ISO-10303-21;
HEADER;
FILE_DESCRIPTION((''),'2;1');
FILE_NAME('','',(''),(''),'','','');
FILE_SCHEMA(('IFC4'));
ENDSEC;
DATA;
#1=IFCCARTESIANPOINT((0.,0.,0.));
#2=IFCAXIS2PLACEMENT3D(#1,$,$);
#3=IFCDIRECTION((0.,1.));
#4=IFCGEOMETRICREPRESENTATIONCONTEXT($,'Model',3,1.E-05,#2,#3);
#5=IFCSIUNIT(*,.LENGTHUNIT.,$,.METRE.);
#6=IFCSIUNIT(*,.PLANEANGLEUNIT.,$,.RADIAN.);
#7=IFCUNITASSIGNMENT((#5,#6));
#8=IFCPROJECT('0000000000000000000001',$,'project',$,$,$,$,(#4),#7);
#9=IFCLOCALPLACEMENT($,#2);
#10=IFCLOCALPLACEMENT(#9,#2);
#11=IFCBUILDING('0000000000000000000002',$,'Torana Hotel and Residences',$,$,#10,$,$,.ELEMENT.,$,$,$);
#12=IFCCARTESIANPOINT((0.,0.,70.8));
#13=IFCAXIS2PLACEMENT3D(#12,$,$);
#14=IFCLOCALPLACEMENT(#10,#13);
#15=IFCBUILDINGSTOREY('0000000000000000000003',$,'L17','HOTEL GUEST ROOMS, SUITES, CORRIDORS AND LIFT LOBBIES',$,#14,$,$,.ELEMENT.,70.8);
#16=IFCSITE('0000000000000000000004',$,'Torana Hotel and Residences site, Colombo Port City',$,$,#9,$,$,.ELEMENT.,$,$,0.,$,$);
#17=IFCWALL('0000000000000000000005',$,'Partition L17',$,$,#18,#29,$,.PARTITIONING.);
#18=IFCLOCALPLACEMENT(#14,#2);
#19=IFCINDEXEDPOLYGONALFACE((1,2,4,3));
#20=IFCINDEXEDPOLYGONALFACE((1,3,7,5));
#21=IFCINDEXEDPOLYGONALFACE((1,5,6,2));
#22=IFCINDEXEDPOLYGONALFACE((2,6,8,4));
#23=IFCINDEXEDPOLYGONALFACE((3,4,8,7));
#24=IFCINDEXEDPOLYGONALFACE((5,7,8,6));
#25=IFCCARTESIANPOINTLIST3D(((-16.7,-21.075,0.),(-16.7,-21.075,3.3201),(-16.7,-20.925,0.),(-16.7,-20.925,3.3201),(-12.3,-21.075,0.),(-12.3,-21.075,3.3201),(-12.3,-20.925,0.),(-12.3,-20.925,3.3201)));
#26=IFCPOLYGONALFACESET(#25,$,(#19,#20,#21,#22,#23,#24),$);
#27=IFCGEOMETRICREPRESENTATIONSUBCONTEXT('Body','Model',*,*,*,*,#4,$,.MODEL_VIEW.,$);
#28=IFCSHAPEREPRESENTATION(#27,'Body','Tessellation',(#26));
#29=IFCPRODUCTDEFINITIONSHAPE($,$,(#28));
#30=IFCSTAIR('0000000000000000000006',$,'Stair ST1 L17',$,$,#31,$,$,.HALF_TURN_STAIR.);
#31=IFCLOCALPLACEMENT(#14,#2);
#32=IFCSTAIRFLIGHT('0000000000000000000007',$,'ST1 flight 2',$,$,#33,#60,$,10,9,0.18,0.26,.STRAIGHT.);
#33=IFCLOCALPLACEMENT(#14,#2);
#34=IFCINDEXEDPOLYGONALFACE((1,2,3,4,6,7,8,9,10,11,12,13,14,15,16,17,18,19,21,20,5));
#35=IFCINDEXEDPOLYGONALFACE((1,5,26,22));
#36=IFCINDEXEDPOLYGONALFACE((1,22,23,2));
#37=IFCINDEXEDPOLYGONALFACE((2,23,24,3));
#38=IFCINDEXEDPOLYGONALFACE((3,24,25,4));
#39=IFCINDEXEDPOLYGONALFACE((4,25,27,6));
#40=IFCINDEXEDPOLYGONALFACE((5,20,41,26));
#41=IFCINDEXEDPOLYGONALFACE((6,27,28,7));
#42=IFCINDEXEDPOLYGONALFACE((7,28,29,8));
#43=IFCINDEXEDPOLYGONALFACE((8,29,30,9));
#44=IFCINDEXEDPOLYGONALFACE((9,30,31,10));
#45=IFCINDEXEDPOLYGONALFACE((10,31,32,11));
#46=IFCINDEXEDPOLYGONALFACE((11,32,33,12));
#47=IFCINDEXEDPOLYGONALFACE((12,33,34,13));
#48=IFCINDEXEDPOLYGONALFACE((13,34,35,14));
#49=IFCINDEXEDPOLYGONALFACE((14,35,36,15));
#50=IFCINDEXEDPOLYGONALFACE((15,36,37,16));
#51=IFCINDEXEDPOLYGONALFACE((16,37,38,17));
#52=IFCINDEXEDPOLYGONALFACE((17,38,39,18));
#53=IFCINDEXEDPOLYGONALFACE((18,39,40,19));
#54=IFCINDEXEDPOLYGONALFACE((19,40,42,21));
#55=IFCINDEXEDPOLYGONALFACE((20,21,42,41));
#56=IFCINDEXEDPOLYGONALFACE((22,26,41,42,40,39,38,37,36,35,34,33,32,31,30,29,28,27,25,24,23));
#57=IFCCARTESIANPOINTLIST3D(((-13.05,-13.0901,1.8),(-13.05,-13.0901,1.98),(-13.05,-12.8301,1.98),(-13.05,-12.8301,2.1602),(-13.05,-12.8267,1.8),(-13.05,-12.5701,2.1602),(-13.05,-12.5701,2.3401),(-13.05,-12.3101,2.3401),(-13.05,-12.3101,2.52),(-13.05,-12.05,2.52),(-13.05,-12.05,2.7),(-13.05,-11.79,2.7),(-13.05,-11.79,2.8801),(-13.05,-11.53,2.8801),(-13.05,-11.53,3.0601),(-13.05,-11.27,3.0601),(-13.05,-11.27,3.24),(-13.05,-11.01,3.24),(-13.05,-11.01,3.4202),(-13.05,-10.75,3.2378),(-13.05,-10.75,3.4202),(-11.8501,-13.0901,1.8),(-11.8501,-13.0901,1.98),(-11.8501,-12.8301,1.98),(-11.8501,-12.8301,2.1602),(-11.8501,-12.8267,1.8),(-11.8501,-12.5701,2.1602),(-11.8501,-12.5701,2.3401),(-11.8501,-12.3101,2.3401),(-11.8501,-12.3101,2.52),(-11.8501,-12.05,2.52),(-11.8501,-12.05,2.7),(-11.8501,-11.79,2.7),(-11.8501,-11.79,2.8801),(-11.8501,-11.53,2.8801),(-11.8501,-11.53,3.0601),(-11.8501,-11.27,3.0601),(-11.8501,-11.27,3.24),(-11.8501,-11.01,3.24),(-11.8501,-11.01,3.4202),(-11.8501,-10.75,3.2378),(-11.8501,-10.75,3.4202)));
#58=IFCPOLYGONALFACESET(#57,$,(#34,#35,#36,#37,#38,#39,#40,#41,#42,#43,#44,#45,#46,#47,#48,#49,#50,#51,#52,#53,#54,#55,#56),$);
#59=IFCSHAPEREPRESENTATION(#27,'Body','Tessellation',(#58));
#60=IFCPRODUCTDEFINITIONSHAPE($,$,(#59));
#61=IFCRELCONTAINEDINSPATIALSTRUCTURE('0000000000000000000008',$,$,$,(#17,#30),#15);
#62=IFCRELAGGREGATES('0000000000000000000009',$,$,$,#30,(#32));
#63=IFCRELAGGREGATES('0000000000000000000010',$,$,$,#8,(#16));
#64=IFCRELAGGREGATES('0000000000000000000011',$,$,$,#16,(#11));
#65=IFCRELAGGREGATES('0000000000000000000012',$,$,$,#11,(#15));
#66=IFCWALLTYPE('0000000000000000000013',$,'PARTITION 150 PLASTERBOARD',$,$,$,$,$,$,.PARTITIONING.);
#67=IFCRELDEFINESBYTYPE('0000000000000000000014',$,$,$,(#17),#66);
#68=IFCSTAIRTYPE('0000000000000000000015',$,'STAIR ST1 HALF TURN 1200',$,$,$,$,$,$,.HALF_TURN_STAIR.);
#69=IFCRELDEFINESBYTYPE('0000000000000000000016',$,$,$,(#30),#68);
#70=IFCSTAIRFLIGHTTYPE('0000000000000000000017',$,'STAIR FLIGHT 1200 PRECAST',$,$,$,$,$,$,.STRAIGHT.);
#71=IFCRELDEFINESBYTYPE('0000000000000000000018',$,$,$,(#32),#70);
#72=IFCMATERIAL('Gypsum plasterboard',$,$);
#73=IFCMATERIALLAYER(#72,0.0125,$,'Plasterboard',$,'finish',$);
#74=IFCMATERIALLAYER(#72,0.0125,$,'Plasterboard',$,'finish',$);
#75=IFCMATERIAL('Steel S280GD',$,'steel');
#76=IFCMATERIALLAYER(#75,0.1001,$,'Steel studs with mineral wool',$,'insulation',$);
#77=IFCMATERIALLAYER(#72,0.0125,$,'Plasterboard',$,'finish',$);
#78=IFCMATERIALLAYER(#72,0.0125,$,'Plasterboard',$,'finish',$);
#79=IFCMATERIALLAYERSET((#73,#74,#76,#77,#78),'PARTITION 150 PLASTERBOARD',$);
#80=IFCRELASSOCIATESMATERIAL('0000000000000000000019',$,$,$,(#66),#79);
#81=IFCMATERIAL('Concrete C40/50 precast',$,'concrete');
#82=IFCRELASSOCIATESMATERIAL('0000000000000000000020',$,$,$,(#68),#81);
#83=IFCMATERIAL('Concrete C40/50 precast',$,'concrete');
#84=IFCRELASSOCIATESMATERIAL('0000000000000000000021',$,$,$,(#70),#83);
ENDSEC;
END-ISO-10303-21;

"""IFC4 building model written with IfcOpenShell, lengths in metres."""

from ifc_helpers import new_model, si_unit, direction, frame, frame_2d, origin, place, context, subcontext, project, spatial, polyline, rectangle, outline, extrude, material, layer, layer_set, type_object, element, aggregate, save


model = new_model("IFC4")

# Units and contexts
model_context = context("Model", 3, precision=1e-05, world=origin(), true_north=direction((0.0, 1.0)))
body_context = subcontext(model_context, "Body", "Model", "MODEL_VIEW")
ifc_project = project(units=[si_unit("LENGTHUNIT", "METRE"), si_unit("PLANEANGLEUNIT", "RADIAN")], contexts=[model_context])

# Site, building, storey
site_placement = place(None, origin())
site = spatial("IfcSite", under=ifc_project, at=site_placement, Name="Torana Hotel and Residences site, Colombo Port City", CompositionType="ELEMENT", RefElevation=0.0)
building_placement = place(site_placement, origin())
building = spatial("IfcBuilding", under=site, at=building_placement, Name="Torana Hotel and Residences", CompositionType="ELEMENT")
storey_placement = place(building_placement, frame((0.0, 0.0, 70.8)))
storey = spatial("IfcBuildingStorey", under=building, at=storey_placement, Name="L17", Description="HOTEL GUEST ROOMS, SUITES, CORRIDORS AND LIFT LOBBIES", CompositionType="ELEMENT", Elevation=70.8)

# Shared definitions
ifc_material_1 = material(Name="Gypsum plasterboard")
ifc_layer_1 = layer(ifc_material_1, 0.0125, Name="Plasterboard", Category="finish")
ifc_layer_2 = layer(ifc_material_1, 0.0125, Name="Plasterboard", Category="finish")
ifc_material_2 = material(Name="Steel S280GD", Category="steel")
ifc_layer_3 = layer(ifc_material_2, 0.1001, Name="Steel studs with mineral wool", Category="insulation")
ifc_layer_4 = layer(ifc_material_1, 0.0125, Name="Plasterboard", Category="finish")
ifc_layer_5 = layer(ifc_material_1, 0.0125, Name="Plasterboard", Category="finish")
ifc_layer_set_1 = layer_set([ifc_layer_1, ifc_layer_2, ifc_layer_3, ifc_layer_4, ifc_layer_5], Name="PARTITION 150 PLASTERBOARD")
wall_type_1 = type_object("IfcWallType", Name="PARTITION 150 PLASTERBOARD", PredefinedType="PARTITIONING", material=ifc_layer_set_1)

# Wall
wall_1_placement = place(storey_placement, frame((-16.7, -21.0, 0.0), z_axis=(0.0, 0.0, 1.0), x_axis=(1.0, 0.0, 0.0)))
element("IfcWall", 1, at=wall_1_placement, inside=storey, type_object=wall_type_1, Name="Partition L17", PredefinedType="PARTITIONING", context=body_context, shape_type="SweptSolid", body=[
    extrude(rectangle(XDim=4.3999, YDim=0.1499, at=frame_2d((2.2, 0.0))), origin(), (0.0, 0.0, 1.0), 3.3201),
])

# Stair, stair flight
ifc_material_3 = material(Name="Concrete C40/50 precast", Category="concrete")
stair_type = type_object("IfcStairType", Name="STAIR ST1 HALF TURN 1200", PredefinedType="HALF_TURN_STAIR", material=ifc_material_3)
stair_placement = place(storey_placement, origin())
stair = element("IfcStair", 2, at=stair_placement, inside=storey, type_object=stair_type, Name="Stair ST1 L17", PredefinedType="HALF_TURN_STAIR")
ifc_material_4 = material(Name="Concrete C40/50 precast", Category="concrete")
stair_flight_type = type_object("IfcStairFlightType", Name="STAIR FLIGHT 1200 PRECAST", PredefinedType="STRAIGHT", material=ifc_material_4)
stair_flight_placement = place(storey_placement, frame((-12.45, -13.0901, 1.8), z_axis=(0.0, 0.0, 1.0), x_axis=(0.0, 1.0, 0.0)))
stair_flight = element("IfcStairFlight", 3, at=stair_flight_placement, type_object=stair_flight_type, Name="ST1 flight 2", NumberOfRisers=10, NumberOfTreads=9, PredefinedType="STRAIGHT", RiserHeight=0.18, TreadLength=0.26, context=body_context, shape_type="SweptSolid", body=[
    extrude(outline(polyline([(0.0, 0.0), (0.0, 0.1799), (0.26, 0.1799), (0.26, 0.3601), (0.52, 0.3601), (0.52, 0.54), (0.78, 0.54), (0.78, 0.72), (1.04, 0.72), (1.04, 0.8999), (1.3, 0.8999), (1.3, 1.0801), (1.5601, 1.0801), (1.5601, 1.26), (1.8201, 1.26), (1.8201, 1.4399), (2.0801, 1.4399), (2.0801, 1.6201), (2.3401, 1.6201), (2.3401, 1.8), (2.3401, 1.4377), (0.2634, 0.0), (0.0, 0.0)])), frame((0.0, 0.6001, 0.0), z_axis=(0.0, -1.0, 0.0), x_axis=(1.0, 0.0, 0.0)), (0.0, 0.0, 1.0), 1.2),
])
aggregate(stair, [stair_flight])

save(model, "model.ifc")
